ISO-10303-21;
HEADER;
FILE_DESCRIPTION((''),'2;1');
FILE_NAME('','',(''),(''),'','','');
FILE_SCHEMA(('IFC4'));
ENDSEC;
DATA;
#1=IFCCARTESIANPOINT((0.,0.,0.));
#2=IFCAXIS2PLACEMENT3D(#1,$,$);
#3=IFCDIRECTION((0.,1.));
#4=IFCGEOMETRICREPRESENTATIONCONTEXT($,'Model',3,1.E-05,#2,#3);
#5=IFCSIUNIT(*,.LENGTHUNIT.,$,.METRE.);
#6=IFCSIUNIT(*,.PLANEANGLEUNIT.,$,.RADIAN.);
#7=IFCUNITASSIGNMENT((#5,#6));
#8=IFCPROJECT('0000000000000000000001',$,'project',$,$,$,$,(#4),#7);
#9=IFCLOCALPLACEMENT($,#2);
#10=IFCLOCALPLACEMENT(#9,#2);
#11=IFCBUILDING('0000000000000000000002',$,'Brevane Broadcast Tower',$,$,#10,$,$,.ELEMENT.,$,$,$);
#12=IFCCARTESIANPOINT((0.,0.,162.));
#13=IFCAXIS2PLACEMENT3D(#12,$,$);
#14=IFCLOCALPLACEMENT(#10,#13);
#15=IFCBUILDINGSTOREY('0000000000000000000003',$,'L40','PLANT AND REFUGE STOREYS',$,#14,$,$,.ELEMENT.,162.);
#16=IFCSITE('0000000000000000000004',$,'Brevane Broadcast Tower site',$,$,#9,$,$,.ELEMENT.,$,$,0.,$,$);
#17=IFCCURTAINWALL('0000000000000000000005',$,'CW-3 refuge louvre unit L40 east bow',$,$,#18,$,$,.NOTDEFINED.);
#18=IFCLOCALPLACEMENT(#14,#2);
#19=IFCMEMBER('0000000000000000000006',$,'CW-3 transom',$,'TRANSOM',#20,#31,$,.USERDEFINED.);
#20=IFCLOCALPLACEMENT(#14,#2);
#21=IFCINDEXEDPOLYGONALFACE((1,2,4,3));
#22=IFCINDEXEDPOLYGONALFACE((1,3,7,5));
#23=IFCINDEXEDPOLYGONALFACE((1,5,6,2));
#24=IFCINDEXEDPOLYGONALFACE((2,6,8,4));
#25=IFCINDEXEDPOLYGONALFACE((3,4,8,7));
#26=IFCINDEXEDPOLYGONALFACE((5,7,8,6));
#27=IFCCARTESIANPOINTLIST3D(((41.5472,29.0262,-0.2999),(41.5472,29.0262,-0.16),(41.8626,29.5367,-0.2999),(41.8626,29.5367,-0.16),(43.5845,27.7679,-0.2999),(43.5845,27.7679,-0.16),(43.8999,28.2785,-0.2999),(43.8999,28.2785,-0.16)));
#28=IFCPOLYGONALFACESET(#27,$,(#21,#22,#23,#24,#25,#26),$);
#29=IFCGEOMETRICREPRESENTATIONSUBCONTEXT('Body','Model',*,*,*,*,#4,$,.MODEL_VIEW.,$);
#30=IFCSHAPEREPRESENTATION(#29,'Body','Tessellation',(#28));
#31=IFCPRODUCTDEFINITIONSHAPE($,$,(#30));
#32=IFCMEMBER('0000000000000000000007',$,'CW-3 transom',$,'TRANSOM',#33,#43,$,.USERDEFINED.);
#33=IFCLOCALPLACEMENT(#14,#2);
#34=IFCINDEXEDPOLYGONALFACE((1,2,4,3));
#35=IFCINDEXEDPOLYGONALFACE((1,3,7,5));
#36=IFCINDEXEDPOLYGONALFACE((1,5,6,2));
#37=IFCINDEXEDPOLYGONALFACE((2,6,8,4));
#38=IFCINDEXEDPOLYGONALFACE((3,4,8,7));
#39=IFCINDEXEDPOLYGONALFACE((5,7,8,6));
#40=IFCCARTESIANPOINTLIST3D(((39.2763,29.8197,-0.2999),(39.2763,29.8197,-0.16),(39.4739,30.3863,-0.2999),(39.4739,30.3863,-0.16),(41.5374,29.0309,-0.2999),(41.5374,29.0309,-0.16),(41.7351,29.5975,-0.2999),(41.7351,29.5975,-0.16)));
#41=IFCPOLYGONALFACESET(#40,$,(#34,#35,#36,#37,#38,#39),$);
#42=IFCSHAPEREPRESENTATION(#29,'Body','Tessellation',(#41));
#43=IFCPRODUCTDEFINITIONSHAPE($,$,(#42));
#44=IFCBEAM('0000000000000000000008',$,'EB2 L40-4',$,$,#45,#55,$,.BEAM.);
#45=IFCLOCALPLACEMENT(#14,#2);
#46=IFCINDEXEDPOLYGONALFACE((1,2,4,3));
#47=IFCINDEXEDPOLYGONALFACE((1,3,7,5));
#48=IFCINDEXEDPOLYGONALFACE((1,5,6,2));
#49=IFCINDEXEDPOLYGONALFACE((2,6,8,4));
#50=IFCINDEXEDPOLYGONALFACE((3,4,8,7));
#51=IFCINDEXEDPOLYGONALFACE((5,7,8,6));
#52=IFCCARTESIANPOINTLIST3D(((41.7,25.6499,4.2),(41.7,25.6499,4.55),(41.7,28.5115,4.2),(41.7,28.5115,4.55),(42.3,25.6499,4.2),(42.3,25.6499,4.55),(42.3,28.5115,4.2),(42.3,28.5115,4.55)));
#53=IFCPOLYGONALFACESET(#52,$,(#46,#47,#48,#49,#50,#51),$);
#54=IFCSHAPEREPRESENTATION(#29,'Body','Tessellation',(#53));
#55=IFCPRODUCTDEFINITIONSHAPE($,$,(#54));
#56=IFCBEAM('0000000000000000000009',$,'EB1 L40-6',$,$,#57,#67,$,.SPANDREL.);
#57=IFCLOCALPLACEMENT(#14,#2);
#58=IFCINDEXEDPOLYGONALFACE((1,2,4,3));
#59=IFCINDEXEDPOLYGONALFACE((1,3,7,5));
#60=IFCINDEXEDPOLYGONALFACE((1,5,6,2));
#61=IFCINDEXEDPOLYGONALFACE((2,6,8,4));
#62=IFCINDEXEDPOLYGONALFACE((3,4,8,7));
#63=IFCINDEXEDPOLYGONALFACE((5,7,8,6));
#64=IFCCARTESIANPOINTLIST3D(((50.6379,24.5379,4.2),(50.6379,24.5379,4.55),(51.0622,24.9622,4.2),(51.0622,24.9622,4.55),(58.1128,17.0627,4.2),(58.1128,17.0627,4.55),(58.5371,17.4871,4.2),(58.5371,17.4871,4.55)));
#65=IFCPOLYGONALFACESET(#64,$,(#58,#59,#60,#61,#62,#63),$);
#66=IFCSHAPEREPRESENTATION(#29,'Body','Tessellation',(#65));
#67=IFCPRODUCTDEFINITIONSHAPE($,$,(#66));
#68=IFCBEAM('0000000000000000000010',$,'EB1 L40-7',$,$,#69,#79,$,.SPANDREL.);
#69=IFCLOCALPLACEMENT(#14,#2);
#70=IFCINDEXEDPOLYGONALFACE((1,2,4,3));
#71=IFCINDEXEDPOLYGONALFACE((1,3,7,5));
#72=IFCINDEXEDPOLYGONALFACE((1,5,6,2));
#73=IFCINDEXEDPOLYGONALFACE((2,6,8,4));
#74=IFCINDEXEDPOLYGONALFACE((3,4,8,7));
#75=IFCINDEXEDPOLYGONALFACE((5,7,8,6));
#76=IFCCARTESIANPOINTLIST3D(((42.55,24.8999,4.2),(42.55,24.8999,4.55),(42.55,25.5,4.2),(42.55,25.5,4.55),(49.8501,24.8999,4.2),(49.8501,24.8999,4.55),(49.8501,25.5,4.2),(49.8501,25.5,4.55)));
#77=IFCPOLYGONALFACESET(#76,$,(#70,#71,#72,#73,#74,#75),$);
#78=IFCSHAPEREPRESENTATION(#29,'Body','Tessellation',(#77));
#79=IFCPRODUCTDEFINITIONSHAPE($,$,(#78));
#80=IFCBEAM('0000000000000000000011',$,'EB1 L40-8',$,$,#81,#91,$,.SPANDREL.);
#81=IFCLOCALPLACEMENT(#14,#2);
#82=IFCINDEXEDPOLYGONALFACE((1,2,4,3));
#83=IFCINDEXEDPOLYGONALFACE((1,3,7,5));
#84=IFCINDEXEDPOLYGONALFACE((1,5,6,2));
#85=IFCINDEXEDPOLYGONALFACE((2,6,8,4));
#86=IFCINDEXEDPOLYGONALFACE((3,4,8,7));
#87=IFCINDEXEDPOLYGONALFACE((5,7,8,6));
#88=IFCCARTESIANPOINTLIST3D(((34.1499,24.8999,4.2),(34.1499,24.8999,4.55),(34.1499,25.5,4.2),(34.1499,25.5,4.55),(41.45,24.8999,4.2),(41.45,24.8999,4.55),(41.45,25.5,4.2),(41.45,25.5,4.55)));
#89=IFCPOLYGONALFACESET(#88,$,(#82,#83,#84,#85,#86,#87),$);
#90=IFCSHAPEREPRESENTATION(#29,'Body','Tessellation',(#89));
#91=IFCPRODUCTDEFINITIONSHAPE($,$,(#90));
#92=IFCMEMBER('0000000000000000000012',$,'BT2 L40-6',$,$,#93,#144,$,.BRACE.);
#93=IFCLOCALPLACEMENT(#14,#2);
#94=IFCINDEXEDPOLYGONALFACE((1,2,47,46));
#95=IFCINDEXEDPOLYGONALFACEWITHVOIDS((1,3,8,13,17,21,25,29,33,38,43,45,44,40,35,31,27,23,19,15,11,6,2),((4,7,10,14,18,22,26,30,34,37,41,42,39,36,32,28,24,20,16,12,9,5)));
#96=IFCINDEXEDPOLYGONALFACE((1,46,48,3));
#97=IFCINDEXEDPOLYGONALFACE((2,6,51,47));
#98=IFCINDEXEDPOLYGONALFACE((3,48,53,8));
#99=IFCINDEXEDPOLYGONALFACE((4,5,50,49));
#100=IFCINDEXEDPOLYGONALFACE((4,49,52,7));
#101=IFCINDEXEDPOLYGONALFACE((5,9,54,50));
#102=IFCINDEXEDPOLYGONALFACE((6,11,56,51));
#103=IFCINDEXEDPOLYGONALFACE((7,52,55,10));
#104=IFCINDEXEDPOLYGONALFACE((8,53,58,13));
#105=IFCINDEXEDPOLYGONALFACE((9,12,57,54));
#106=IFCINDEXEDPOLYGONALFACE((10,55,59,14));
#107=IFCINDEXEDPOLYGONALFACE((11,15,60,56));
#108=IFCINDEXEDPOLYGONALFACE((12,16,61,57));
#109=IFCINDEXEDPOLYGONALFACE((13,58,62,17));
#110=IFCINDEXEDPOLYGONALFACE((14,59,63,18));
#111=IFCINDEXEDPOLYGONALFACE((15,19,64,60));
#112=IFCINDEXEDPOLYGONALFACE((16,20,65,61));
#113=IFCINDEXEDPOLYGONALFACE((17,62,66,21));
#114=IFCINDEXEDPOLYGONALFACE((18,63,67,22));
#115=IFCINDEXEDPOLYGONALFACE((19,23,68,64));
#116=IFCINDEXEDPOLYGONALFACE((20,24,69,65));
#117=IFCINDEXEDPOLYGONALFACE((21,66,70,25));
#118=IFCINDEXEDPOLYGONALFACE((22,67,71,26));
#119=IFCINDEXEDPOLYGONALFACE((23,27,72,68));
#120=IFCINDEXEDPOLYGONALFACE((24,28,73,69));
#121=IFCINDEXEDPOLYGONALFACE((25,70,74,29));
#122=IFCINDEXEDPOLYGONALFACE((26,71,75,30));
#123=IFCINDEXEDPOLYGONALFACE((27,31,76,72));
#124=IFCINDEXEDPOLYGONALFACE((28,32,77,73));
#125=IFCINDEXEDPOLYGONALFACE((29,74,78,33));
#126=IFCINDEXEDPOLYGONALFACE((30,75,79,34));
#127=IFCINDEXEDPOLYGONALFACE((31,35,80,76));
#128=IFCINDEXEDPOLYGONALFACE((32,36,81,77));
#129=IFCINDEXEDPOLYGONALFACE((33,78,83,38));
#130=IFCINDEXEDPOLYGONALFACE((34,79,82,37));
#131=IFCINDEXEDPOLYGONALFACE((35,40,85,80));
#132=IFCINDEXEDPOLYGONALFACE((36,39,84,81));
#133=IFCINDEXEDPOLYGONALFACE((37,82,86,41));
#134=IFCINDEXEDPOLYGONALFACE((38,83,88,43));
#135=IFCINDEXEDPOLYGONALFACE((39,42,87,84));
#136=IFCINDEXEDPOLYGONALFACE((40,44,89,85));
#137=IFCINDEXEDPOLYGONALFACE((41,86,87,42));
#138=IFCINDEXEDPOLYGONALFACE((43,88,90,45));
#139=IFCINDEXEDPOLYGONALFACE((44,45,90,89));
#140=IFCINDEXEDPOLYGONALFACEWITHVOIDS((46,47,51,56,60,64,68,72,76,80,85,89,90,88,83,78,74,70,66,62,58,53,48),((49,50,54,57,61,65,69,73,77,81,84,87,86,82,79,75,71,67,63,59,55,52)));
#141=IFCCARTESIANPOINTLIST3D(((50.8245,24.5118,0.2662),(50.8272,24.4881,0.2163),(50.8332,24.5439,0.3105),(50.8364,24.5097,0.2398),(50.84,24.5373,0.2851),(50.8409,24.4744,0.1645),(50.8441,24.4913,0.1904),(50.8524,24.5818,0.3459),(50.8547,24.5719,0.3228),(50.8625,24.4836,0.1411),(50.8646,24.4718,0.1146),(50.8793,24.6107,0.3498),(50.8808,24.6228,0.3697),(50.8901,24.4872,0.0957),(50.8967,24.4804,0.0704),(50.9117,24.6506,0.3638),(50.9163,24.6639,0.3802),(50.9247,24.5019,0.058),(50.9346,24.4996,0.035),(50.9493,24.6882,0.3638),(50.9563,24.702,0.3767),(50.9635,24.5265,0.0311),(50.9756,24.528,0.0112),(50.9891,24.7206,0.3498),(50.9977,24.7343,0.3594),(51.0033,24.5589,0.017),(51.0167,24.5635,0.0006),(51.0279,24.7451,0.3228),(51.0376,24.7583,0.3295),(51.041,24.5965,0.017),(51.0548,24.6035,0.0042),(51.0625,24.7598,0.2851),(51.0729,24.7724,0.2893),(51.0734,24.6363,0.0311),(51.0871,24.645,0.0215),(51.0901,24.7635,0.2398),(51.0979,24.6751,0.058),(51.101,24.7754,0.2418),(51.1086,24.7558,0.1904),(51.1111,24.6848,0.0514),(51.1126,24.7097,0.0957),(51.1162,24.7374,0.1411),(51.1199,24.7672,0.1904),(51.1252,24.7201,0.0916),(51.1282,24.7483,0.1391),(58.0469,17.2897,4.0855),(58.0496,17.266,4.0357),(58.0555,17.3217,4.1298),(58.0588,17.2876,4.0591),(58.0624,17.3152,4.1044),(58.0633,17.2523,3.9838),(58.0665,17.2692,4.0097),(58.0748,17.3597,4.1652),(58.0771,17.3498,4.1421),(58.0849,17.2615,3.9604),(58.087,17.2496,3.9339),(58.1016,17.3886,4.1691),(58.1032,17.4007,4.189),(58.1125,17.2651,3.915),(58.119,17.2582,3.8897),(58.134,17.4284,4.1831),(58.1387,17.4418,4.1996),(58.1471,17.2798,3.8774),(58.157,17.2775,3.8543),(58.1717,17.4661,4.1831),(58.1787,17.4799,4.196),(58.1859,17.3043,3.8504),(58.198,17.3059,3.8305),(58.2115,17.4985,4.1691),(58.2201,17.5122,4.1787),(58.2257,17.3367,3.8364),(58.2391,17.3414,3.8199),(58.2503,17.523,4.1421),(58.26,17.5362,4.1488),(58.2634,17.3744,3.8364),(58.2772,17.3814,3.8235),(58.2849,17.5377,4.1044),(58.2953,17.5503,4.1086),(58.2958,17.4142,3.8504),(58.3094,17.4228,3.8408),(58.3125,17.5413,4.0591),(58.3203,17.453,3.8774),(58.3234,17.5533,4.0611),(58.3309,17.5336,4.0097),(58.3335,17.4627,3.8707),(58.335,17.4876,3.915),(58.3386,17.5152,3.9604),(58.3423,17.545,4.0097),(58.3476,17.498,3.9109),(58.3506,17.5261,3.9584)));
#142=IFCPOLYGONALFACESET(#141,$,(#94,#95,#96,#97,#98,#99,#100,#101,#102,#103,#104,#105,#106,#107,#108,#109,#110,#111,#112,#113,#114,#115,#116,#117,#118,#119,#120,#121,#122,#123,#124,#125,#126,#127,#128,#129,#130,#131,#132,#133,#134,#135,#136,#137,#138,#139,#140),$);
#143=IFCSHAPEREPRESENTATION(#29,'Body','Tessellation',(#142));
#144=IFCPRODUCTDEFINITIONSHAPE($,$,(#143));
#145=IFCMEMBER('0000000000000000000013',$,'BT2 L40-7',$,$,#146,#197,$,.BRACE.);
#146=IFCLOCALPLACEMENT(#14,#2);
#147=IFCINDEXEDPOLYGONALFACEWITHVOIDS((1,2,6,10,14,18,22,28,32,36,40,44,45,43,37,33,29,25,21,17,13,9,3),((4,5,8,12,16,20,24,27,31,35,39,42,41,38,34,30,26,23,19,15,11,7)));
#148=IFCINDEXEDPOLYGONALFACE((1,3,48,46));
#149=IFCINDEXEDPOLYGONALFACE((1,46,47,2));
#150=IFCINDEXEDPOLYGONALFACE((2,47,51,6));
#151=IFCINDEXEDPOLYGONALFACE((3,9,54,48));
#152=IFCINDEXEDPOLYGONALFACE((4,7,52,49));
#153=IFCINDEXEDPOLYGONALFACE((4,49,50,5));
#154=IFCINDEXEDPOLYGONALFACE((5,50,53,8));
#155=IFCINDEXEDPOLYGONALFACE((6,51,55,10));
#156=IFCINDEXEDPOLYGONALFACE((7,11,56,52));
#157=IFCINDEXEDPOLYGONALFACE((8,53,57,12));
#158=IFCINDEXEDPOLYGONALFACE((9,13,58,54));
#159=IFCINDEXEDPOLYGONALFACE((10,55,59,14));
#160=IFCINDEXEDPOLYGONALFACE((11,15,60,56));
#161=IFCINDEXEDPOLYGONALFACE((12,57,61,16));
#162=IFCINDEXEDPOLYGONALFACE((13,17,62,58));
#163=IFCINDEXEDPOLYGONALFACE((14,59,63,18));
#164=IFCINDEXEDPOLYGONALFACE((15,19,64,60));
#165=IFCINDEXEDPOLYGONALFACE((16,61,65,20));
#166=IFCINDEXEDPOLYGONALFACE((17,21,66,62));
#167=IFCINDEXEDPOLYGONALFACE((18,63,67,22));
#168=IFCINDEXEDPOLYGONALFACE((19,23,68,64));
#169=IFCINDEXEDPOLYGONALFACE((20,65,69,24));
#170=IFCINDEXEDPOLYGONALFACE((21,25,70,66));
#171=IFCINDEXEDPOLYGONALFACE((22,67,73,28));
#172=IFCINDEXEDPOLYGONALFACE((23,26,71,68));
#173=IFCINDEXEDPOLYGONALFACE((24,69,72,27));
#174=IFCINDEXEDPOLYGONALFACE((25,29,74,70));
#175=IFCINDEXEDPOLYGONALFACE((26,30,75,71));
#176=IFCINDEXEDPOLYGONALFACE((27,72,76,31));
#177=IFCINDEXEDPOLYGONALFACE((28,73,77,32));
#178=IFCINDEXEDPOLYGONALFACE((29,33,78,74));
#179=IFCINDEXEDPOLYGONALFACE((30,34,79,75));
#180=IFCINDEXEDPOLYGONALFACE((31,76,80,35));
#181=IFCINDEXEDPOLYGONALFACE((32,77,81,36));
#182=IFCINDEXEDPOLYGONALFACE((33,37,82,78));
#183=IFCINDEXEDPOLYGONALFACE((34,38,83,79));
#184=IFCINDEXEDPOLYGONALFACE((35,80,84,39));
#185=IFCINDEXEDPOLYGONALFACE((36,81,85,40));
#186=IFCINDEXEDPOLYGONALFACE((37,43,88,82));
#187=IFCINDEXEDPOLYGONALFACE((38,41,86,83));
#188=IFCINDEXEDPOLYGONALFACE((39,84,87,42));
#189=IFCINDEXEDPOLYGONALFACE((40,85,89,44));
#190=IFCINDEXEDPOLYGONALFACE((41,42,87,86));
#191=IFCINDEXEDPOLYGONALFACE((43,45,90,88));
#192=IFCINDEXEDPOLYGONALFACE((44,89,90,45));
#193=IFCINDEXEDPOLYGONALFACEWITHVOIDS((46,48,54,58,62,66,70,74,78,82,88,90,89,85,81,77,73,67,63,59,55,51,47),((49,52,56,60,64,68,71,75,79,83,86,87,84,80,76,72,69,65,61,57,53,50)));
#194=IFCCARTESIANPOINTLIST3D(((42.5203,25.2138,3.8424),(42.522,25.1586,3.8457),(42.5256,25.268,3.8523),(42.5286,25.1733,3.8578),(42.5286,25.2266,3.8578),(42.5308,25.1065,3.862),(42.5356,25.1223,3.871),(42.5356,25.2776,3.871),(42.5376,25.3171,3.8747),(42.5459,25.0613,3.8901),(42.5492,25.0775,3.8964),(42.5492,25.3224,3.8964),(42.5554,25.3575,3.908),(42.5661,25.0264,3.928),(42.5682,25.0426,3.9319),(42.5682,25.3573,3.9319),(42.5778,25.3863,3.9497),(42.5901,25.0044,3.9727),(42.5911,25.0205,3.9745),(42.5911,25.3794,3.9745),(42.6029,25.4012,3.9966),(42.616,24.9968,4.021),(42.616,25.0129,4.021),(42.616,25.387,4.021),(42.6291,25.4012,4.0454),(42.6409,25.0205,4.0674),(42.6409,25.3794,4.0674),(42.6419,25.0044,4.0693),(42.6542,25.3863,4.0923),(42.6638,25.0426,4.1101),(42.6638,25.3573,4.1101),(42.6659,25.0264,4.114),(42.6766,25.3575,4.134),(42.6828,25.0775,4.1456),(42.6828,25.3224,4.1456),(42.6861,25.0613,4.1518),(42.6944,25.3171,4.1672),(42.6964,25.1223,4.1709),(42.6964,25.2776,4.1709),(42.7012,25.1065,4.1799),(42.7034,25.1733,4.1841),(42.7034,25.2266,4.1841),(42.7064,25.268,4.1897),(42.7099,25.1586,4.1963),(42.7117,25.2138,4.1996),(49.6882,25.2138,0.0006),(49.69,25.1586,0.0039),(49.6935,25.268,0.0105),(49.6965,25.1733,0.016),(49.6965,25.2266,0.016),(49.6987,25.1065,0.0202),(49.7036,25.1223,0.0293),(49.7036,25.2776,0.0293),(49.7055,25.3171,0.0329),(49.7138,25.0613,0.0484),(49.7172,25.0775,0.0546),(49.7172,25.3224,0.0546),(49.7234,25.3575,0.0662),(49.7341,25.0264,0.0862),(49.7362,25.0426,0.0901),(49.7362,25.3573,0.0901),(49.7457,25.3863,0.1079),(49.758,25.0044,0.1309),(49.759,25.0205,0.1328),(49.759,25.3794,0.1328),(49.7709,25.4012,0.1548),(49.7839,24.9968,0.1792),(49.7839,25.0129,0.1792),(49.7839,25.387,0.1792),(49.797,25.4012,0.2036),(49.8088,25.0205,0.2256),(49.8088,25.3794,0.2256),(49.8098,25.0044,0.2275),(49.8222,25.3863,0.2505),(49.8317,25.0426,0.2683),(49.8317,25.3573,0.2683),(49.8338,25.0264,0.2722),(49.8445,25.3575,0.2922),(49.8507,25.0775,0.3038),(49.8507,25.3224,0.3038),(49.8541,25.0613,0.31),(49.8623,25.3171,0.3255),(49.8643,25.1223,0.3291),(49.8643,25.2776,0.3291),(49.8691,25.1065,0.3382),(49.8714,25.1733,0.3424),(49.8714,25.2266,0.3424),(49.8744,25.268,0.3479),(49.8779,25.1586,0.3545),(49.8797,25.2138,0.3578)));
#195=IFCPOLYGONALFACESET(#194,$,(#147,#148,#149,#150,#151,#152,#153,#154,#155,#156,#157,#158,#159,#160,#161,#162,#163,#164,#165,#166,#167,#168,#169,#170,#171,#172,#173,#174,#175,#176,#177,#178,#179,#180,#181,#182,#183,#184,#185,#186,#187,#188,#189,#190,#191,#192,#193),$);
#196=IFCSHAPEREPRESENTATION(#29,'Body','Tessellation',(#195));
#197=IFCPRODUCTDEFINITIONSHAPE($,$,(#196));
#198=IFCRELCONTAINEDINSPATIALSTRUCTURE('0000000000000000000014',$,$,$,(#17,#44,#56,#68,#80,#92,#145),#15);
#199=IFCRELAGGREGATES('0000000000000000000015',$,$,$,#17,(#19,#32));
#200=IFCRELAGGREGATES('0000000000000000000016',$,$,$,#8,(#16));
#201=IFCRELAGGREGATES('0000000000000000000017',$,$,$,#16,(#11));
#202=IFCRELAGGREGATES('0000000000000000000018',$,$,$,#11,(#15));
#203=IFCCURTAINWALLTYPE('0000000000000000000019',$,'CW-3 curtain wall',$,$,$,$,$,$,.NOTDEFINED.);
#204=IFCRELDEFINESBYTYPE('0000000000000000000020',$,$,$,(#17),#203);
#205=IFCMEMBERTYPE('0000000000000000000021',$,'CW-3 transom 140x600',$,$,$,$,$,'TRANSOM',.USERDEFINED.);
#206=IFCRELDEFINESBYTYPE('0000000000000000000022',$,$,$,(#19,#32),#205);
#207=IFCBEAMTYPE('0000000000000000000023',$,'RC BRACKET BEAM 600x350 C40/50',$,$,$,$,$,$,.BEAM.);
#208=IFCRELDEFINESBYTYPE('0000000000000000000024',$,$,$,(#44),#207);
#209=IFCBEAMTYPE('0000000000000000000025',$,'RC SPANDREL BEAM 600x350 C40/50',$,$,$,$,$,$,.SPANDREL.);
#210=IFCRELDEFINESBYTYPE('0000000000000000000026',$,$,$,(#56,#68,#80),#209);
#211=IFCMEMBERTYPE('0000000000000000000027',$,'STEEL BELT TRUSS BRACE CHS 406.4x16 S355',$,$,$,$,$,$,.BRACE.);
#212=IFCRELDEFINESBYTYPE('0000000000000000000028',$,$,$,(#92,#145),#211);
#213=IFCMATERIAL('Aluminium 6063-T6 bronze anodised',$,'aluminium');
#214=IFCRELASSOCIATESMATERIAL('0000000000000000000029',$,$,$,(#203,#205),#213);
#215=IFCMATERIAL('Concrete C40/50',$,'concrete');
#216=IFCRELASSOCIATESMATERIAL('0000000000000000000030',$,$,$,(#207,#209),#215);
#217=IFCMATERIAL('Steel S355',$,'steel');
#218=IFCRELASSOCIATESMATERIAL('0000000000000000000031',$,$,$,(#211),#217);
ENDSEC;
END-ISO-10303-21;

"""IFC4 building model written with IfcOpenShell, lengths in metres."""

from ifc_helpers import new_model, si_unit, direction, frame, origin, origin_2d, place, context, subcontext, project, spatial, rectangle, hollow_circle, extrude, material, material_profile, profile_set, type_object, element, aggregate, save


model = new_model("IFC4")

# Units and contexts
model_context = context("Model", 3, precision=1e-05, world=origin(), true_north=direction((0.0, 1.0)))
body_context = subcontext(model_context, "Body", "Model", "MODEL_VIEW")
ifc_project = project(units=[si_unit("LENGTHUNIT", "METRE"), si_unit("PLANEANGLEUNIT", "RADIAN")], contexts=[model_context])

# Site, building, storey
site_placement = place(None, origin())
site = spatial("IfcSite", under=ifc_project, at=site_placement, Name="Brevane Broadcast Tower site", CompositionType="ELEMENT", RefElevation=0.0)
building_placement = place(site_placement, origin())
building = spatial("IfcBuilding", under=site, at=building_placement, Name="Brevane Broadcast Tower", CompositionType="ELEMENT")
storey_placement = place(building_placement, frame((0.0, 0.0, 162.0)))
storey = spatial("IfcBuildingStorey", under=building, at=storey_placement, Name="L40", Description="PLANT AND REFUGE STOREYS", CompositionType="ELEMENT", Elevation=162.0)

# Shared definitions
ifc_material_1 = material(Name="Aluminium 6063-T6 bronze anodised", Category="aluminium")
curtain_wall_type = type_object("IfcCurtainWallType", Name="CW-3 curtain wall", PredefinedType="NOTDEFINED", material=ifc_material_1)

# Curtain wall
curtain_wall_1_placement = place(storey_placement, origin())
curtain_wall_1 = element("IfcCurtainWall", 1, at=curtain_wall_1_placement, inside=storey, type_object=curtain_wall_type, Name="CW-3 refuge louvre unit L40 east bow", PredefinedType="NOTDEFINED")

# Members
ifc_material_profile_1 = material_profile(ifc_material_1, rectangle(XDim=0.6001, YDim=0.1399, at=origin_2d()), Name="RECT 140x600")
ifc_profile_set_1 = profile_set([ifc_material_profile_1], Name="Aluminium 6063-T6 bronze anodised")
member_type_1 = type_object("IfcMemberType", Name="CW-3 transom 140x600", ElementType="TRANSOM", PredefinedType="USERDEFINED", material=ifc_profile_set_1)
member_1_placement = place(storey_placement, frame((43.7422, 28.0232, -0.23), z_axis=(-0.85081, 0.525473, 0.0), x_axis=(-0.525473, -0.85081, 0.0)))
member_1 = element("IfcMember", 2, at=member_1_placement, type_object=member_type_1, Name="CW-3 transom", ObjectType="TRANSOM", PredefinedType="USERDEFINED", context=body_context, shape_type="SweptSolid", body=[
    extrude(rectangle(XDim=0.6001, YDim=0.1399, at=origin_2d()), origin(), (0.0, 0.0, 1.0), 2.3945),
])
member_2_placement = place(storey_placement, frame((41.6362, 29.3142, -0.23), z_axis=(-0.944198, 0.329378, 0.0), x_axis=(-0.329378, -0.944198, 0.0)))
member_2 = element("IfcMember", 3, at=member_2_placement, type_object=member_type_1, Name="CW-3 transom", ObjectType="TRANSOM", PredefinedType="USERDEFINED", context=body_context, shape_type="SweptSolid", body=[
    extrude(rectangle(XDim=0.6001, YDim=0.1399, at=origin_2d()), origin(), (0.0, 0.0, 1.0), 2.3948),
])
aggregate(curtain_wall_1, [member_1, member_2])

# Beams
ifc_material_2 = material(Name="Concrete C40/50", Category="concrete")
ifc_material_profile_2 = material_profile(ifc_material_2, rectangle(XDim=0.6001, YDim=0.3501, at=origin_2d()), Name="RC 600x350")
ifc_profile_set_2 = profile_set([ifc_material_profile_2], Name="Concrete C40/50")
beam_type_1 = type_object("IfcBeamType", Name="RC BRACKET BEAM 600x350 C40/50", PredefinedType="BEAM", material=ifc_profile_set_2)
beam_1_placement = place(storey_placement, frame((42.0, 25.6499, 4.375), z_axis=(0.0, 1.0, 0.0), x_axis=(-1.0, 0.0, 0.0)))
element("IfcBeam", 4, at=beam_1_placement, inside=storey, type_object=beam_type_1, Name="EB2 L40-4", PredefinedType="BEAM", context=body_context, shape_type="SweptSolid", body=[
    extrude(rectangle(XDim=0.6001, YDim=0.3501, at=origin_2d()), origin(), (0.0, 0.0, 1.0), 2.8616),
])
ifc_material_profile_3 = material_profile(ifc_material_2, rectangle(XDim=0.6001, YDim=0.3501, at=origin_2d()), Name="RC 600x350")
ifc_profile_set_3 = profile_set([ifc_material_profile_3], Name="Concrete C40/50")
beam_type_2 = type_object("IfcBeamType", Name="RC SPANDREL BEAM 600x350 C40/50", PredefinedType="SPANDREL", material=ifc_profile_set_3)
beam_2_placement = place(storey_placement, frame((58.325, 17.2749, 4.375), z_axis=(-0.707095, 0.707118, 0.0), x_axis=(-0.707118, -0.707095, 0.0)))
element("IfcBeam", 5, at=beam_2_placement, inside=storey, type_object=beam_type_2, Name="EB1 L40-6", PredefinedType="SPANDREL", context=body_context, shape_type="SweptSolid", body=[
    extrude(rectangle(XDim=0.6001, YDim=0.3501, at=origin_2d()), origin(), (0.0, 0.0, 1.0), 10.5713),
])
for number, where, z_axis, x_axis, name in (
    (6, (49.8501, 25.2, 4.375), (-1.0, 0.0, 0.0), (0.0, -1.0, 0.0), "EB1 L40-7"),
    (7, (41.45, 25.2, 4.375), (-1.0, 0.0, 0.0), (0.0, -1.0, 0.0), "EB1 L40-8"),
):
    element("IfcBeam", number, at=place(storey_placement, frame(where, z_axis=z_axis, x_axis=x_axis)), inside=storey, type_object=beam_type_2, Name=name, PredefinedType="SPANDREL", context=body_context, shape_type="SweptSolid", body=[
        extrude(rectangle(XDim=0.6001, YDim=0.3501, at=origin_2d()), origin(), (0.0, 0.0, 1.0), 7.3),
    ])

# Members
ifc_material_3 = material(Name="Steel S355", Category="steel")
ifc_material_profile_4 = material_profile(ifc_material_3, hollow_circle(Radius=0.2031, WallThickness=0.0161, at=origin_2d()), Name="CHS 406.4x16")
ifc_profile_set_4 = profile_set([ifc_material_profile_4], Name="Steel S355")
member_type_2 = type_object("IfcMemberType", Name="STEEL BELT TRUSS BRACE CHS 406.4x16 S355", PredefinedType="BRACE", material=ifc_profile_set_4)
member_3_placement = place(storey_placement, frame((50.9763, 24.6235, 0.1904), z_axis=(0.662327, -0.662305, 0.35025), x_axis=(0.707095, 0.707119, 0.0)))
element("IfcMember", 8, at=member_3_placement, inside=storey, type_object=member_type_2, Name="BT2 L40-6", PredefinedType="BRACE", context=body_context, shape_type="SweptSolid", body=[
    extrude(hollow_circle(Radius=0.2031, WallThickness=0.0161, at=origin_2d()), origin(), (0.0, 0.0, 1.0), 10.9045),
])
member_4_placement = place(storey_placement, frame((49.7839, 25.2, 0.1792), z_axis=(-0.881387, 0.0, 0.472395), x_axis=(0.0, -1.0, 0.0)))
element("IfcMember", 9, at=member_4_placement, inside=storey, type_object=member_type_2, Name="BT2 L40-7", PredefinedType="BRACE", context=body_context, shape_type="SweptSolid", body=[
    extrude(hollow_circle(Radius=0.2031, WallThickness=0.0161, at=origin_2d()), origin(), (0.0, 0.0, 1.0), 8.1326),
])

save(model, "model.ifc")
